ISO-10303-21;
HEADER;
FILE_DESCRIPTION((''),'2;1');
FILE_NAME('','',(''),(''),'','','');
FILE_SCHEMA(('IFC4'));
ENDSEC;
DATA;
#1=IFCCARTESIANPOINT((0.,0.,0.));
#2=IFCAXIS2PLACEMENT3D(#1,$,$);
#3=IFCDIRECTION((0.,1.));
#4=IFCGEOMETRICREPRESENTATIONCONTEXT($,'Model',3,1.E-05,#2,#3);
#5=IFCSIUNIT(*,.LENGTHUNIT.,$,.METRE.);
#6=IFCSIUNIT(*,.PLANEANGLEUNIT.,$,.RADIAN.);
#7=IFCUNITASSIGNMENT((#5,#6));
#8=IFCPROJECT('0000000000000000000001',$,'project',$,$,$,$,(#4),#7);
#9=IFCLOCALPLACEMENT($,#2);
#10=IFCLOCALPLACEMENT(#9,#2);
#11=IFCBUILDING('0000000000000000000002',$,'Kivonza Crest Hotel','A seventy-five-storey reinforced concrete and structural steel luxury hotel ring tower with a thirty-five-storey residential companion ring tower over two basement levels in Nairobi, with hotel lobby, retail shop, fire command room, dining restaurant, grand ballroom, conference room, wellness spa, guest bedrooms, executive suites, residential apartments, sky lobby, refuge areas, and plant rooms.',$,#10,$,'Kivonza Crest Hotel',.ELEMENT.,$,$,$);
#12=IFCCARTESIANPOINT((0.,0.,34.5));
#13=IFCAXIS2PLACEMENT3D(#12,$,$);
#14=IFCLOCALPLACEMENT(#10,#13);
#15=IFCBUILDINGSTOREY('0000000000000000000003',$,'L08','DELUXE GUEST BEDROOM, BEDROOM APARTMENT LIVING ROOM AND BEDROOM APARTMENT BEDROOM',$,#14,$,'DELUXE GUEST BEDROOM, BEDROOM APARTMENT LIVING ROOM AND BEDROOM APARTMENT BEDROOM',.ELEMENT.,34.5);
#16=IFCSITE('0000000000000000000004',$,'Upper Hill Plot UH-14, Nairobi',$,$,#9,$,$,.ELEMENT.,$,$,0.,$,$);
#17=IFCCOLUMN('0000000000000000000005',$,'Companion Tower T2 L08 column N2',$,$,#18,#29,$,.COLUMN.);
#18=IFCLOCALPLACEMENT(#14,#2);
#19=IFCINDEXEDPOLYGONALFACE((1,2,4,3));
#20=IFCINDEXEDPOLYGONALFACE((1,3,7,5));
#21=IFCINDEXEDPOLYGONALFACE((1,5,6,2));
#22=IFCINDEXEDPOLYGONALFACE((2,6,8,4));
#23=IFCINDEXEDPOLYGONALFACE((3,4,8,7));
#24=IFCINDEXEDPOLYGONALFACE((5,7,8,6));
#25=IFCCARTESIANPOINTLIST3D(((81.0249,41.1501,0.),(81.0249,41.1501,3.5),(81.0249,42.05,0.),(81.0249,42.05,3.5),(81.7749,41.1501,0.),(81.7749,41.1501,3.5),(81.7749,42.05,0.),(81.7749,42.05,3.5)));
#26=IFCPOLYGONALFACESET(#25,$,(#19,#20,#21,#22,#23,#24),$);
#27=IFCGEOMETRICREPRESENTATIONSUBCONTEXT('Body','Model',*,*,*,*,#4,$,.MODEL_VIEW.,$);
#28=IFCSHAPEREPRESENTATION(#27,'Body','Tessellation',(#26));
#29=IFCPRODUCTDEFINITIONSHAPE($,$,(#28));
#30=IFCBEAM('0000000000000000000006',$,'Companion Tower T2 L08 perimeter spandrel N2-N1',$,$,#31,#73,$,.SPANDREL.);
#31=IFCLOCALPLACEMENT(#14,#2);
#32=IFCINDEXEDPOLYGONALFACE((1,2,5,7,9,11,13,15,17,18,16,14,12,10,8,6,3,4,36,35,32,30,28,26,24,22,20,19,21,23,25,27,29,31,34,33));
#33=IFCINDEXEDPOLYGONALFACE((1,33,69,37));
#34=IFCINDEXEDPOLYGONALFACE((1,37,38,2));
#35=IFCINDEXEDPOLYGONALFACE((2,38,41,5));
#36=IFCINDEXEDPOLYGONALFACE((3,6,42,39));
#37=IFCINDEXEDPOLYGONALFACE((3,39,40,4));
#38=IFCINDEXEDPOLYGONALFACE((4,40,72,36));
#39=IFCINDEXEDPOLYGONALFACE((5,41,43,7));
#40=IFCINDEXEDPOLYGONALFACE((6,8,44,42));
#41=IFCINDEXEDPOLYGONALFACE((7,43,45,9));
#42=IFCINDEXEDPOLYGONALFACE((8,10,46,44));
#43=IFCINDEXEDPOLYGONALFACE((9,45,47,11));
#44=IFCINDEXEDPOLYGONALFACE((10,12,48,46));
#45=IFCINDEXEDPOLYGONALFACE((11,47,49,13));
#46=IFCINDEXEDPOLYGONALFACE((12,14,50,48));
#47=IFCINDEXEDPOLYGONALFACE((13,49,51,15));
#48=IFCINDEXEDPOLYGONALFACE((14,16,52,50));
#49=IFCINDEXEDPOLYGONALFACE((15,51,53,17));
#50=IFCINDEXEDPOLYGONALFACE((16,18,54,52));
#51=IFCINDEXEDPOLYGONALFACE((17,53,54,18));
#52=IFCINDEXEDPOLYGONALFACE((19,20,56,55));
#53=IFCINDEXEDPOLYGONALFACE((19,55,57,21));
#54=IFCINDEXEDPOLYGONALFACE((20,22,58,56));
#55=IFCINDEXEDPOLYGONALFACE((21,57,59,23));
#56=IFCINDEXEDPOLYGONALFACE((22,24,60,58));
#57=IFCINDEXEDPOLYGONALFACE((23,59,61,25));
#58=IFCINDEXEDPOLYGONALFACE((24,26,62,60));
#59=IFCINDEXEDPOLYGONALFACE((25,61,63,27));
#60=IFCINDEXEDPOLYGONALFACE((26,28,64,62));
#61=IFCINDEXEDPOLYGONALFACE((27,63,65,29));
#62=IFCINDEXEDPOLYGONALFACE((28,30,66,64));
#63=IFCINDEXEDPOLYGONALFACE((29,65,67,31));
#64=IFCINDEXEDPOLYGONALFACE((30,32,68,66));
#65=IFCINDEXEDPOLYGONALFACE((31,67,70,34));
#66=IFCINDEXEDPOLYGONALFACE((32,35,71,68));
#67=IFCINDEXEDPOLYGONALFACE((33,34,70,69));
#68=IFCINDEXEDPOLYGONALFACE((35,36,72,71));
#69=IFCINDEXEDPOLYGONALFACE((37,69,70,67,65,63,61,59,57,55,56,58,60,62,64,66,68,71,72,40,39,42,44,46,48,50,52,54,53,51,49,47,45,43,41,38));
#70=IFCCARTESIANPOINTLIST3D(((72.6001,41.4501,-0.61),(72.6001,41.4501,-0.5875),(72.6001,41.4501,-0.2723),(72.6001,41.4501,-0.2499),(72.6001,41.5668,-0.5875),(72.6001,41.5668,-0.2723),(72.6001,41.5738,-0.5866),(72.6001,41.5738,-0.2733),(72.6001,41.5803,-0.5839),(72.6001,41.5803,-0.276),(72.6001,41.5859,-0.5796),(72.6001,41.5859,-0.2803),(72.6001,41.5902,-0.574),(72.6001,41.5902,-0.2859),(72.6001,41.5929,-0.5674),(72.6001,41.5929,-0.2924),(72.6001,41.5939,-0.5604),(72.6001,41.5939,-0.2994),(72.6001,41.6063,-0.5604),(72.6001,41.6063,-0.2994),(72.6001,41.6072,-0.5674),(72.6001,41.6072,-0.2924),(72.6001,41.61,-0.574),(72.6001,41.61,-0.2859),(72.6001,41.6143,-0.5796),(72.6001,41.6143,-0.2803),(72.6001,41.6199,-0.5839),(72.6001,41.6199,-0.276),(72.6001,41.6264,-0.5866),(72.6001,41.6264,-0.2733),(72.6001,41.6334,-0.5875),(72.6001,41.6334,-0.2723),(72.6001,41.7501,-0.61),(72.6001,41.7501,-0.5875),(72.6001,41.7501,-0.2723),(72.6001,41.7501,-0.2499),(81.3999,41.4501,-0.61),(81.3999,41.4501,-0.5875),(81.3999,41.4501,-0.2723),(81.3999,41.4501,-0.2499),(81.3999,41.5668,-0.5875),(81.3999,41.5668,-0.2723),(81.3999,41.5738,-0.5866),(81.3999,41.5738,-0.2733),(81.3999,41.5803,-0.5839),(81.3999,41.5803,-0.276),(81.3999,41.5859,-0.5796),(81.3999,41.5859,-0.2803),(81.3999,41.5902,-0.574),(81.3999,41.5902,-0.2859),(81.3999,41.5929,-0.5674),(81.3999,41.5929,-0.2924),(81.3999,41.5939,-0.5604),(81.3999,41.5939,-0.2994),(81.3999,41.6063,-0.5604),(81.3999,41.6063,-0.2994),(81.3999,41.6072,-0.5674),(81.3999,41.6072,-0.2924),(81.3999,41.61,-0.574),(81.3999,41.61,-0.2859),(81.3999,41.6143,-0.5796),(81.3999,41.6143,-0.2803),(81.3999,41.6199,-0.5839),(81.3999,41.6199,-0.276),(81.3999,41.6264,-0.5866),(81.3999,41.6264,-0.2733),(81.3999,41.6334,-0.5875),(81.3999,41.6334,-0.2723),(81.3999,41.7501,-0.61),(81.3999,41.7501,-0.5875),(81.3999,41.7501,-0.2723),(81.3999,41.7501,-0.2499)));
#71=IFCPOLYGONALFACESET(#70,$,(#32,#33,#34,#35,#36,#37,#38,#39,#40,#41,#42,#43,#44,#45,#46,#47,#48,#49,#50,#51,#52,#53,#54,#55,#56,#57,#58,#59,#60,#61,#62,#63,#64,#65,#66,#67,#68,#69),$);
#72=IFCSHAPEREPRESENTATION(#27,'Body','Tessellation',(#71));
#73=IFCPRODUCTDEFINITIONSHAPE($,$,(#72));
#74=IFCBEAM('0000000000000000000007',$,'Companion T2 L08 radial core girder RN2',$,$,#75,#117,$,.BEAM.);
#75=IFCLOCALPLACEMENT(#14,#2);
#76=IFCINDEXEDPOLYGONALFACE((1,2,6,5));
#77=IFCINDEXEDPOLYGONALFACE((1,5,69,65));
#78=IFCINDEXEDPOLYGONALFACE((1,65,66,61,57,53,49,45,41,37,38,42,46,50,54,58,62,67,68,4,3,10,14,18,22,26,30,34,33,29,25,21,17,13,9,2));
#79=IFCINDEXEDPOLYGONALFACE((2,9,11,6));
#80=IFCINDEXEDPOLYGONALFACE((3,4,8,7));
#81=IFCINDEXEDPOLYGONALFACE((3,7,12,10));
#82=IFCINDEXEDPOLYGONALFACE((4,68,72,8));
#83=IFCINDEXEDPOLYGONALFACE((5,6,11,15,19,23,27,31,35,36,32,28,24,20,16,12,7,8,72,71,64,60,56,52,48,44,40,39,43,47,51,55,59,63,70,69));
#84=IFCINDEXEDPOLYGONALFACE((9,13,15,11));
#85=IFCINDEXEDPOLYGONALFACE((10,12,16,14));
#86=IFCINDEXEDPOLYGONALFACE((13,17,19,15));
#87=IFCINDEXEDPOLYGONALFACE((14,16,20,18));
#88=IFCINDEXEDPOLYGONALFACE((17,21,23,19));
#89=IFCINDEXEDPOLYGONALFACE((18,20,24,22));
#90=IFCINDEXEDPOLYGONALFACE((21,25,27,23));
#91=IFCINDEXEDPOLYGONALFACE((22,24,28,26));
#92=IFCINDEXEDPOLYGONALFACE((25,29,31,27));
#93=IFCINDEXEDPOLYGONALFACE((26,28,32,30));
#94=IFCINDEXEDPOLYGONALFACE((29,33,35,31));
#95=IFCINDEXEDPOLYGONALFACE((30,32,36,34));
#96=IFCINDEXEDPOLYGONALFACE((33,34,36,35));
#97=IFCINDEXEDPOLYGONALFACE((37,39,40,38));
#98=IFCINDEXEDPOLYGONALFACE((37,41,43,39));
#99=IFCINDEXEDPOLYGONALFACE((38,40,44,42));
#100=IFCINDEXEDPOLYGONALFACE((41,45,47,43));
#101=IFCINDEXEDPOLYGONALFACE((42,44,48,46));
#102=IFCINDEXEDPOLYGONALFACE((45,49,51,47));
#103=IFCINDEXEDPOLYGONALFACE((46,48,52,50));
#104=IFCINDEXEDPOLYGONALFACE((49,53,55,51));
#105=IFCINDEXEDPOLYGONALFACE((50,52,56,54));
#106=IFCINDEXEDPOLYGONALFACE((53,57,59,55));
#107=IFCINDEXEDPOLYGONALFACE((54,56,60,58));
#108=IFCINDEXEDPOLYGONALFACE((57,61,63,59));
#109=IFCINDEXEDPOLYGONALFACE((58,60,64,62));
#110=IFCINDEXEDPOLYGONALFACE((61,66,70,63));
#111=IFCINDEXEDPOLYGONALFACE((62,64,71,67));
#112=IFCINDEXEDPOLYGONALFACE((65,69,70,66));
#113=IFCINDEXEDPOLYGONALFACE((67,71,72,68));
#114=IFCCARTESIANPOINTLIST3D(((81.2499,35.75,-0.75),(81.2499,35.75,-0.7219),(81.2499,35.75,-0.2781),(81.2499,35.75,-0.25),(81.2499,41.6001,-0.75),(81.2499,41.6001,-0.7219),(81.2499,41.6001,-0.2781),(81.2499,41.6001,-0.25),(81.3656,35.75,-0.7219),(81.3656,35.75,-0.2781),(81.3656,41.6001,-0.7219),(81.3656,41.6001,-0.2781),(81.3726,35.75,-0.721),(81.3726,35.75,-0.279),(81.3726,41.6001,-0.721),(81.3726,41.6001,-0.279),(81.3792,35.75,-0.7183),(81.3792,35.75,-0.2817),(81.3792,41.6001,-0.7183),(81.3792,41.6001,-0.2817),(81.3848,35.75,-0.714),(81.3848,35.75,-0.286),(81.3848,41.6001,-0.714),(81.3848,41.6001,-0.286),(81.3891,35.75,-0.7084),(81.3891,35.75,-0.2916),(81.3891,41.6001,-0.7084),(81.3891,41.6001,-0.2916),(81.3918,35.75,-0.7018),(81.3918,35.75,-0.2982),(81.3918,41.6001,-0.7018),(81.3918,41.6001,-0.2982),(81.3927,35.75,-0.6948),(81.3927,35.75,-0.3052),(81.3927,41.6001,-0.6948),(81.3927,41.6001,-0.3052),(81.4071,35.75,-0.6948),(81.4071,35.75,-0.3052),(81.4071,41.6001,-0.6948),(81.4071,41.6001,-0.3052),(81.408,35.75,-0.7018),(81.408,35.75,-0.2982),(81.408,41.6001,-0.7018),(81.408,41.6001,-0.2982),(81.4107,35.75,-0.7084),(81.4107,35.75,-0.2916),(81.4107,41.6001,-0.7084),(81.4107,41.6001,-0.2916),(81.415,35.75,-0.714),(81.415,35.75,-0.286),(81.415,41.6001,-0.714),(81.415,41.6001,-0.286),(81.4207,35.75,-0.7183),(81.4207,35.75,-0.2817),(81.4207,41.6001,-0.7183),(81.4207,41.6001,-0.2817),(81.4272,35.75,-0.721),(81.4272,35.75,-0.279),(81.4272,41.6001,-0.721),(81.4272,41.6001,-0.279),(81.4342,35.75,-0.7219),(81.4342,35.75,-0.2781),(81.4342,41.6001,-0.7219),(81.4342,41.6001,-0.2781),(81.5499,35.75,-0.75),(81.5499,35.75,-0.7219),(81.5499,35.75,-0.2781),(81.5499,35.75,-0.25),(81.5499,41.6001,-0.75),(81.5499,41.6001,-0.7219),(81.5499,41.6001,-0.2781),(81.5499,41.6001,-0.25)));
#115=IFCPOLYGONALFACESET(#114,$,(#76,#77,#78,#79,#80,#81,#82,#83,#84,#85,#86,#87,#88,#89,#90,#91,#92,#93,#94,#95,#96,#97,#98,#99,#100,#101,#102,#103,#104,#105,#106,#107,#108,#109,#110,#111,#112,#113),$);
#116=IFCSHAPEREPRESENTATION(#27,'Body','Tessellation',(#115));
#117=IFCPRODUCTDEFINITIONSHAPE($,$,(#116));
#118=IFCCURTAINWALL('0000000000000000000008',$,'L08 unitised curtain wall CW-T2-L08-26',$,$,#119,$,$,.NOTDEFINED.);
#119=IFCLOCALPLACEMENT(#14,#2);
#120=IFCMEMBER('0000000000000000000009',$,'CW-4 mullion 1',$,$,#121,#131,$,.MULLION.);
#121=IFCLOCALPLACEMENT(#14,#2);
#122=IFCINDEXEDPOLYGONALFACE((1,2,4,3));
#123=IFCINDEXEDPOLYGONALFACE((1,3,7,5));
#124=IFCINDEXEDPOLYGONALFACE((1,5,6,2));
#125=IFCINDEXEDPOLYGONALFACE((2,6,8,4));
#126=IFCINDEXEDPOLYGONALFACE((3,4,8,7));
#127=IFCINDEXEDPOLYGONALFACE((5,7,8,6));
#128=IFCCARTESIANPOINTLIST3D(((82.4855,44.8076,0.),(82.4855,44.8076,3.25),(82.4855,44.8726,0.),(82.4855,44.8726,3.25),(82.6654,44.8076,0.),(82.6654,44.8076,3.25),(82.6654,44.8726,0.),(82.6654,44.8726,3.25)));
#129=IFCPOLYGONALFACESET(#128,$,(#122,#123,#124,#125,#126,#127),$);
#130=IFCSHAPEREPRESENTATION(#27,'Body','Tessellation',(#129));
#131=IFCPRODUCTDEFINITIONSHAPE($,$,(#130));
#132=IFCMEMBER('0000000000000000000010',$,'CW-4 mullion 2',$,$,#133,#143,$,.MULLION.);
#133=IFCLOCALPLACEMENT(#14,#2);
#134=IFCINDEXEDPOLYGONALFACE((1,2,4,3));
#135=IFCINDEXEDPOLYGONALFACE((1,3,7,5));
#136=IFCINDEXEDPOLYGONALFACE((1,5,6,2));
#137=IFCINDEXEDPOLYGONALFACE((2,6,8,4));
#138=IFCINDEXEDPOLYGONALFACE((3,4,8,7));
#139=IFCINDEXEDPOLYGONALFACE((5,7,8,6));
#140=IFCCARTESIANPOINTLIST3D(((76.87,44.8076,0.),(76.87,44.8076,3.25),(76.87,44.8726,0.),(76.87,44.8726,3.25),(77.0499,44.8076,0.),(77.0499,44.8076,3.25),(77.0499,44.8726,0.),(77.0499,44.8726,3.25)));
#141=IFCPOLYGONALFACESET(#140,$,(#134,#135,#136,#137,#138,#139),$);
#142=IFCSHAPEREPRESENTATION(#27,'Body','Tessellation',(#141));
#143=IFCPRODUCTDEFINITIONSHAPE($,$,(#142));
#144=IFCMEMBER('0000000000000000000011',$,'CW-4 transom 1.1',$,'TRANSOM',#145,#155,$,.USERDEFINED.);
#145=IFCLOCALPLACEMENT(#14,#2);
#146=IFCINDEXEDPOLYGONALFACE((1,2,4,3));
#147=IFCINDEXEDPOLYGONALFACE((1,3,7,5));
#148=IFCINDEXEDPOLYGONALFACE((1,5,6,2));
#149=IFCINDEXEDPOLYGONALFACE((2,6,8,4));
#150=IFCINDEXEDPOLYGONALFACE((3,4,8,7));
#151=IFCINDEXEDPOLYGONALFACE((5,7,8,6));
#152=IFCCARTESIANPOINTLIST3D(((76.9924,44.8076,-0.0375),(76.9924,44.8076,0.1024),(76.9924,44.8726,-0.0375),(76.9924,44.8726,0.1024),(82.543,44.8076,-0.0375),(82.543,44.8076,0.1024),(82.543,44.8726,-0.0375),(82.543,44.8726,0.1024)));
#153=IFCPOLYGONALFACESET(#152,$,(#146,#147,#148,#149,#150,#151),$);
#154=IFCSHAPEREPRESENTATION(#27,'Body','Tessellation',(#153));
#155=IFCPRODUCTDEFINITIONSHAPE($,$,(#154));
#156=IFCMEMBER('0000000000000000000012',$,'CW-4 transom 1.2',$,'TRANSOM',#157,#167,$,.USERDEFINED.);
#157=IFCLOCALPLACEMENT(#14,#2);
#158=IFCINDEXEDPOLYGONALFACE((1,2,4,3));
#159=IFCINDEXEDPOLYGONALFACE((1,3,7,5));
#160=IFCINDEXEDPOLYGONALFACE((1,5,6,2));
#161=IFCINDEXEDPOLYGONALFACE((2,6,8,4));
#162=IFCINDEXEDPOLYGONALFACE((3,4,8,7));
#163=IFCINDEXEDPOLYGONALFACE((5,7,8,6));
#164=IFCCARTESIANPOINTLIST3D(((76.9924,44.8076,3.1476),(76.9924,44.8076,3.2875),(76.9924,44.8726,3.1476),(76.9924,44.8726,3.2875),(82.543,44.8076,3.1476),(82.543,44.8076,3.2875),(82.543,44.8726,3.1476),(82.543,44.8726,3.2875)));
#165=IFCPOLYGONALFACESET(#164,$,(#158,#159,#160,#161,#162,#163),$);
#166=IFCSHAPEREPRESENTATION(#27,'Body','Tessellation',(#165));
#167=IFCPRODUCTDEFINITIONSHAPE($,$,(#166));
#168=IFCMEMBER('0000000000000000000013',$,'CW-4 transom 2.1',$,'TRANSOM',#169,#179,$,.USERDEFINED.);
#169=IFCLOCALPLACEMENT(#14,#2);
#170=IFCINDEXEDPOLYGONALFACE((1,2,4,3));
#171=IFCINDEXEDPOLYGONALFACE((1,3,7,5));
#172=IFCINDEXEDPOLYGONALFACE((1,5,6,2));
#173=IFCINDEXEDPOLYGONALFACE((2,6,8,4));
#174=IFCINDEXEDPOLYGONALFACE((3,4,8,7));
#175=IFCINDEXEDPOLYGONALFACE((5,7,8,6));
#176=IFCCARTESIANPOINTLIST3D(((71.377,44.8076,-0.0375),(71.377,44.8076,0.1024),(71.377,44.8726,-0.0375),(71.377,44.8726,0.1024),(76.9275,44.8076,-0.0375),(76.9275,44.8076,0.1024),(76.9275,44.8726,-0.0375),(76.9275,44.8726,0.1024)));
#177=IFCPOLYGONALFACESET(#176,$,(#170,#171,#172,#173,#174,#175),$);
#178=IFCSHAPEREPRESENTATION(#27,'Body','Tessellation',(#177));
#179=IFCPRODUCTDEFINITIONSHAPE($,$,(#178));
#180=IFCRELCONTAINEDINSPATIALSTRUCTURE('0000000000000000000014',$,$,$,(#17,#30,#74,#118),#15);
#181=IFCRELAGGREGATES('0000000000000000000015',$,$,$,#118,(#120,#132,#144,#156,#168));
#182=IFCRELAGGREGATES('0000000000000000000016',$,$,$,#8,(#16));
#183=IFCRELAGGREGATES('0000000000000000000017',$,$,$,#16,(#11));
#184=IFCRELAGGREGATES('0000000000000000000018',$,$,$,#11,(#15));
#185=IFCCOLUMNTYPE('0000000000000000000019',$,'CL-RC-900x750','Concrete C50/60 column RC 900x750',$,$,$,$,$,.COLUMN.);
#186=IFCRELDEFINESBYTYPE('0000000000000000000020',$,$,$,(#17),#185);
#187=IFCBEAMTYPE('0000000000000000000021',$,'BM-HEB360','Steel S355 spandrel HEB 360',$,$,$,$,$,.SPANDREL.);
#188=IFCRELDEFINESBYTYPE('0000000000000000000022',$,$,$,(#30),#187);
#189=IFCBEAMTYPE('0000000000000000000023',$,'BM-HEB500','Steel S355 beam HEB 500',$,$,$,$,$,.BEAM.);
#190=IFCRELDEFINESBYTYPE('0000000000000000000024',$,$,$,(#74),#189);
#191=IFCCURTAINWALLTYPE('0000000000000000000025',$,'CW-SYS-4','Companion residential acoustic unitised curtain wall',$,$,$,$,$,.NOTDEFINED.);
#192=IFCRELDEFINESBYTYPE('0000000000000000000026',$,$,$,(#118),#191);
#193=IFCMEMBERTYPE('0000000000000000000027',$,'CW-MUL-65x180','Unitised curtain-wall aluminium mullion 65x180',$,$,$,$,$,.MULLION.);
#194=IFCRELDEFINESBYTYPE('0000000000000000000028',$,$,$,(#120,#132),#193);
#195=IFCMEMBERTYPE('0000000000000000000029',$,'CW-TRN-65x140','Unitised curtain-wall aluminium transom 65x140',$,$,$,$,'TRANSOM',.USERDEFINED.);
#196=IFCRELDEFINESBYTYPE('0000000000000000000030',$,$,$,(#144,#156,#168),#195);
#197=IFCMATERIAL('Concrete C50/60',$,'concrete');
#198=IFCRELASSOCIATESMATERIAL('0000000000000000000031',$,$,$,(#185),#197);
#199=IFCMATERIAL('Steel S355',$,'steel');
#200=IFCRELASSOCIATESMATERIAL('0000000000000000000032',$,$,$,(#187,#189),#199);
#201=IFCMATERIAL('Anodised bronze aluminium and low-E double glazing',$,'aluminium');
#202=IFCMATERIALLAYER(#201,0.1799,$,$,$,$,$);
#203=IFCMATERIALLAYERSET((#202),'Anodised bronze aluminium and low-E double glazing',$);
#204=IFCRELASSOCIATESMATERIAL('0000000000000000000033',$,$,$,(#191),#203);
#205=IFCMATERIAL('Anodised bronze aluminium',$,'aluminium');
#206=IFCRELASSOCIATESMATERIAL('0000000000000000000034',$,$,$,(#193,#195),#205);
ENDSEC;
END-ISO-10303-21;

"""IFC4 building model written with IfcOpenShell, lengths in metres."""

from ifc_helpers import new_model, si_unit, direction, frame, origin, origin_2d, place, context, subcontext, project, spatial, rectangle, i_section, extrude, material, layer, layer_set, material_profile, profile_set, type_object, element, aggregate, save


model = new_model("IFC4")

# Units and contexts
model_context = context("Model", 3, precision=1e-05, world=origin(), true_north=direction((0.0, 1.0)))
body_context = subcontext(model_context, "Body", "Model", "MODEL_VIEW")
ifc_project = project(units=[si_unit("LENGTHUNIT", "METRE"), si_unit("PLANEANGLEUNIT", "RADIAN")], contexts=[model_context])

# Site, building, storey
site_placement = place(None, origin())
site = spatial("IfcSite", under=ifc_project, at=site_placement, Name="Upper Hill Plot UH-14, Nairobi", CompositionType="ELEMENT", RefElevation=0.0)
building_placement = place(site_placement, origin())
building = spatial("IfcBuilding", under=site, at=building_placement, Name="Kivonza Crest Hotel", Description="A seventy-five-storey reinforced concrete and structural steel luxury hotel ring tower with a thirty-five-storey residential companion ring tower over two basement levels in Nairobi, with hotel lobby, retail shop, fire command room, dining restaurant, grand ballroom, conference room, wellness spa, guest bedrooms, executive suites, residential apartments, sky lobby, refuge areas, and plant rooms.", LongName="Kivonza Crest Hotel", CompositionType="ELEMENT")
storey_placement = place(building_placement, frame((0.0, 0.0, 34.5)))
storey = spatial("IfcBuildingStorey", under=building, at=storey_placement, Name="L08", Description="DELUXE GUEST BEDROOM, BEDROOM APARTMENT LIVING ROOM AND BEDROOM APARTMENT BEDROOM", LongName="DELUXE GUEST BEDROOM, BEDROOM APARTMENT LIVING ROOM AND BEDROOM APARTMENT BEDROOM", CompositionType="ELEMENT", Elevation=34.5)

# Column
ifc_material_1 = material(Name="Concrete C50/60", Category="concrete")
ifc_material_profile_1 = material_profile(ifc_material_1, rectangle(XDim=0.75, YDim=0.8999, at=origin_2d()), Name="RC 900x750")
ifc_profile_set_1 = profile_set([ifc_material_profile_1], Name="Concrete C50/60")
column_type = type_object("IfcColumnType", Name="CL-RC-900x750", Description="Concrete C50/60 column RC 900x750", PredefinedType="COLUMN", material=ifc_profile_set_1)
column_placement = place(storey_placement, frame((81.3999, 41.6001, 0.0), z_axis=(0.0, 0.0, 1.0), x_axis=(1.0, 0.0, 0.0)))
element("IfcColumn", 1, at=column_placement, inside=storey, type_object=column_type, Name="Companion Tower T2 L08 column N2", PredefinedType="COLUMN", context=body_context, shape_type="SweptSolid", body=[
    extrude(rectangle(XDim=0.75, YDim=0.8999, at=origin_2d()), origin(), (0.0, 0.0, 1.0), 3.5),
])

# Beams
ifc_material_2 = material(Name="Steel S355", Category="steel")
ifc_material_profile_2 = material_profile(ifc_material_2, i_section(OverallWidth=0.3, OverallDepth=0.3601, WebThickness=0.0125, FlangeThickness=0.0225, FilletRadius=0.0271, at=origin_2d()), Name="HEB 360")
ifc_profile_set_2 = profile_set([ifc_material_profile_2], Name="Steel S355")
beam_type_1 = type_object("IfcBeamType", Name="BM-HEB360", Description="Steel S355 spandrel HEB 360", PredefinedType="SPANDREL", material=ifc_profile_set_2)
beam_1_placement = place(storey_placement, frame((81.3999, 41.6001, -0.4299), z_axis=(-1.0, 0.0, 0.0), x_axis=(0.0, -1.0, 0.0)))
element("IfcBeam", 2, at=beam_1_placement, inside=storey, type_object=beam_type_1, Name="Companion Tower T2 L08 perimeter spandrel N2-N1", PredefinedType="SPANDREL", context=body_context, shape_type="SweptSolid", body=[
    extrude(i_section(OverallWidth=0.3, OverallDepth=0.3601, WebThickness=0.0125, FlangeThickness=0.0225, FilletRadius=0.0271, at=origin_2d()), origin(), (0.0, 0.0, 1.0), 8.7998),
])
ifc_material_profile_3 = material_profile(ifc_material_2, i_section(OverallWidth=0.3, OverallDepth=0.5, WebThickness=0.0144, FlangeThickness=0.0281, FilletRadius=0.0271, at=origin_2d()), Name="HEB 500")
ifc_profile_set_3 = profile_set([ifc_material_profile_3], Name="Steel S355")
beam_type_2 = type_object("IfcBeamType", Name="BM-HEB500", Description="Steel S355 beam HEB 500", PredefinedType="BEAM", material=ifc_profile_set_3)
beam_2_placement = place(storey_placement, frame((81.3999, 41.6001, -0.5), z_axis=(0.0, -1.0, 0.0), x_axis=(1.0, 0.0, 0.0)))
element("IfcBeam", 3, at=beam_2_placement, inside=storey, type_object=beam_type_2, Name="Companion T2 L08 radial core girder RN2", PredefinedType="BEAM", context=body_context, shape_type="SweptSolid", body=[
    extrude(i_section(OverallWidth=0.3, OverallDepth=0.5, WebThickness=0.0144, FlangeThickness=0.0281, FilletRadius=0.0271, at=origin_2d()), origin(), (0.0, 0.0, 1.0), 5.8501),
])

# Curtain wall, members
ifc_material_3 = material(Name="Anodised bronze aluminium and low-E double glazing", Category="aluminium")
ifc_layer_1 = layer(ifc_material_3, 0.1799)
ifc_layer_set_1 = layer_set([ifc_layer_1], Name="Anodised bronze aluminium and low-E double glazing")
curtain_wall_type = type_object("IfcCurtainWallType", Name="CW-SYS-4", Description="Companion residential acoustic unitised curtain wall", PredefinedType="NOTDEFINED", material=ifc_layer_set_1)
curtain_wall_placement = place(storey_placement, origin())
curtain_wall = element("IfcCurtainWall", 4, at=curtain_wall_placement, inside=storey, type_object=curtain_wall_type, Name="L08 unitised curtain wall CW-T2-L08-26", PredefinedType="NOTDEFINED")
ifc_material_4 = material(Name="Anodised bronze aluminium", Category="aluminium")
ifc_material_profile_4 = material_profile(ifc_material_4, rectangle(XDim=0.0649, YDim=0.1799, at=origin_2d()), Name="CW-M 65x180")
ifc_profile_set_4 = profile_set([ifc_material_profile_4], Name="Anodised bronze aluminium")
member_type_1 = type_object("IfcMemberType", Name="CW-MUL-65x180", Description="Unitised curtain-wall aluminium mullion 65x180", PredefinedType="MULLION", material=ifc_profile_set_4)
member_1_placement = place(storey_placement, frame((82.5754, 44.8401, 0.0), z_axis=(0.0, 0.0, 1.0), x_axis=(0.0, -1.0, 0.0)))
member_1 = element("IfcMember", 5, at=member_1_placement, type_object=member_type_1, Name="CW-4 mullion 1", PredefinedType="MULLION", context=body_context, shape_type="SweptSolid", body=[
    extrude(rectangle(XDim=0.0649, YDim=0.1799, at=origin_2d()), origin(), (0.0, 0.0, 1.0), 3.25),
])
member_2_placement = place(storey_placement, frame((76.96, 44.8401, 0.0), z_axis=(0.0, 0.0, 1.0), x_axis=(0.0, -1.0, 0.0)))
member_2 = element("IfcMember", 6, at=member_2_placement, type_object=member_type_1, Name="CW-4 mullion 2", PredefinedType="MULLION", context=body_context, shape_type="SweptSolid", body=[
    extrude(rectangle(XDim=0.0649, YDim=0.1799, at=origin_2d()), origin(), (0.0, 0.0, 1.0), 3.25),
])
ifc_material_profile_5 = material_profile(ifc_material_4, rectangle(XDim=0.0649, YDim=0.1399, at=origin_2d()), Name="CW-T 65x140")
ifc_profile_set_5 = profile_set([ifc_material_profile_5], Name="Anodised bronze aluminium")
member_type_2 = type_object("IfcMemberType", Name="CW-TRN-65x140", Description="Unitised curtain-wall aluminium transom 65x140", ElementType="TRANSOM", PredefinedType="USERDEFINED", material=ifc_profile_set_5)
member_3_placement = place(storey_placement, frame((82.543, 44.8401, 0.0325), z_axis=(-1.0, 0.0, 0.0), x_axis=(0.0, -1.0, 0.0)))
member_3 = element("IfcMember", 7, at=member_3_placement, type_object=member_type_2, Name="CW-4 transom 1.1", ObjectType="TRANSOM", PredefinedType="USERDEFINED", context=body_context, shape_type="SweptSolid", body=[
    extrude(rectangle(XDim=0.0649, YDim=0.1399, at=origin_2d()), origin(), (0.0, 0.0, 1.0), 5.5505),
])
member_4_placement = place(storey_placement, frame((82.543, 44.8401, 3.2175), z_axis=(-1.0, 0.0, 0.0), x_axis=(0.0, -1.0, 0.0)))
member_4 = element("IfcMember", 8, at=member_4_placement, type_object=member_type_2, Name="CW-4 transom 1.2", ObjectType="TRANSOM", PredefinedType="USERDEFINED", context=body_context, shape_type="SweptSolid", body=[
    extrude(rectangle(XDim=0.0649, YDim=0.1399, at=origin_2d()), origin(), (0.0, 0.0, 1.0), 5.5505),
])
member_5_placement = place(storey_placement, frame((76.9275, 44.8401, 0.0325), z_axis=(-1.0, 0.0, 0.0), x_axis=(0.0, -1.0, 0.0)))
member_5 = element("IfcMember", 9, at=member_5_placement, type_object=member_type_2, Name="CW-4 transom 2.1", ObjectType="TRANSOM", PredefinedType="USERDEFINED", context=body_context, shape_type="SweptSolid", body=[
    extrude(rectangle(XDim=0.0649, YDim=0.1399, at=origin_2d()), origin(), (0.0, 0.0, 1.0), 5.5505),
])
aggregate(curtain_wall, [member_1, member_2, member_3, member_4, member_5])

save(model, "model.ifc")
